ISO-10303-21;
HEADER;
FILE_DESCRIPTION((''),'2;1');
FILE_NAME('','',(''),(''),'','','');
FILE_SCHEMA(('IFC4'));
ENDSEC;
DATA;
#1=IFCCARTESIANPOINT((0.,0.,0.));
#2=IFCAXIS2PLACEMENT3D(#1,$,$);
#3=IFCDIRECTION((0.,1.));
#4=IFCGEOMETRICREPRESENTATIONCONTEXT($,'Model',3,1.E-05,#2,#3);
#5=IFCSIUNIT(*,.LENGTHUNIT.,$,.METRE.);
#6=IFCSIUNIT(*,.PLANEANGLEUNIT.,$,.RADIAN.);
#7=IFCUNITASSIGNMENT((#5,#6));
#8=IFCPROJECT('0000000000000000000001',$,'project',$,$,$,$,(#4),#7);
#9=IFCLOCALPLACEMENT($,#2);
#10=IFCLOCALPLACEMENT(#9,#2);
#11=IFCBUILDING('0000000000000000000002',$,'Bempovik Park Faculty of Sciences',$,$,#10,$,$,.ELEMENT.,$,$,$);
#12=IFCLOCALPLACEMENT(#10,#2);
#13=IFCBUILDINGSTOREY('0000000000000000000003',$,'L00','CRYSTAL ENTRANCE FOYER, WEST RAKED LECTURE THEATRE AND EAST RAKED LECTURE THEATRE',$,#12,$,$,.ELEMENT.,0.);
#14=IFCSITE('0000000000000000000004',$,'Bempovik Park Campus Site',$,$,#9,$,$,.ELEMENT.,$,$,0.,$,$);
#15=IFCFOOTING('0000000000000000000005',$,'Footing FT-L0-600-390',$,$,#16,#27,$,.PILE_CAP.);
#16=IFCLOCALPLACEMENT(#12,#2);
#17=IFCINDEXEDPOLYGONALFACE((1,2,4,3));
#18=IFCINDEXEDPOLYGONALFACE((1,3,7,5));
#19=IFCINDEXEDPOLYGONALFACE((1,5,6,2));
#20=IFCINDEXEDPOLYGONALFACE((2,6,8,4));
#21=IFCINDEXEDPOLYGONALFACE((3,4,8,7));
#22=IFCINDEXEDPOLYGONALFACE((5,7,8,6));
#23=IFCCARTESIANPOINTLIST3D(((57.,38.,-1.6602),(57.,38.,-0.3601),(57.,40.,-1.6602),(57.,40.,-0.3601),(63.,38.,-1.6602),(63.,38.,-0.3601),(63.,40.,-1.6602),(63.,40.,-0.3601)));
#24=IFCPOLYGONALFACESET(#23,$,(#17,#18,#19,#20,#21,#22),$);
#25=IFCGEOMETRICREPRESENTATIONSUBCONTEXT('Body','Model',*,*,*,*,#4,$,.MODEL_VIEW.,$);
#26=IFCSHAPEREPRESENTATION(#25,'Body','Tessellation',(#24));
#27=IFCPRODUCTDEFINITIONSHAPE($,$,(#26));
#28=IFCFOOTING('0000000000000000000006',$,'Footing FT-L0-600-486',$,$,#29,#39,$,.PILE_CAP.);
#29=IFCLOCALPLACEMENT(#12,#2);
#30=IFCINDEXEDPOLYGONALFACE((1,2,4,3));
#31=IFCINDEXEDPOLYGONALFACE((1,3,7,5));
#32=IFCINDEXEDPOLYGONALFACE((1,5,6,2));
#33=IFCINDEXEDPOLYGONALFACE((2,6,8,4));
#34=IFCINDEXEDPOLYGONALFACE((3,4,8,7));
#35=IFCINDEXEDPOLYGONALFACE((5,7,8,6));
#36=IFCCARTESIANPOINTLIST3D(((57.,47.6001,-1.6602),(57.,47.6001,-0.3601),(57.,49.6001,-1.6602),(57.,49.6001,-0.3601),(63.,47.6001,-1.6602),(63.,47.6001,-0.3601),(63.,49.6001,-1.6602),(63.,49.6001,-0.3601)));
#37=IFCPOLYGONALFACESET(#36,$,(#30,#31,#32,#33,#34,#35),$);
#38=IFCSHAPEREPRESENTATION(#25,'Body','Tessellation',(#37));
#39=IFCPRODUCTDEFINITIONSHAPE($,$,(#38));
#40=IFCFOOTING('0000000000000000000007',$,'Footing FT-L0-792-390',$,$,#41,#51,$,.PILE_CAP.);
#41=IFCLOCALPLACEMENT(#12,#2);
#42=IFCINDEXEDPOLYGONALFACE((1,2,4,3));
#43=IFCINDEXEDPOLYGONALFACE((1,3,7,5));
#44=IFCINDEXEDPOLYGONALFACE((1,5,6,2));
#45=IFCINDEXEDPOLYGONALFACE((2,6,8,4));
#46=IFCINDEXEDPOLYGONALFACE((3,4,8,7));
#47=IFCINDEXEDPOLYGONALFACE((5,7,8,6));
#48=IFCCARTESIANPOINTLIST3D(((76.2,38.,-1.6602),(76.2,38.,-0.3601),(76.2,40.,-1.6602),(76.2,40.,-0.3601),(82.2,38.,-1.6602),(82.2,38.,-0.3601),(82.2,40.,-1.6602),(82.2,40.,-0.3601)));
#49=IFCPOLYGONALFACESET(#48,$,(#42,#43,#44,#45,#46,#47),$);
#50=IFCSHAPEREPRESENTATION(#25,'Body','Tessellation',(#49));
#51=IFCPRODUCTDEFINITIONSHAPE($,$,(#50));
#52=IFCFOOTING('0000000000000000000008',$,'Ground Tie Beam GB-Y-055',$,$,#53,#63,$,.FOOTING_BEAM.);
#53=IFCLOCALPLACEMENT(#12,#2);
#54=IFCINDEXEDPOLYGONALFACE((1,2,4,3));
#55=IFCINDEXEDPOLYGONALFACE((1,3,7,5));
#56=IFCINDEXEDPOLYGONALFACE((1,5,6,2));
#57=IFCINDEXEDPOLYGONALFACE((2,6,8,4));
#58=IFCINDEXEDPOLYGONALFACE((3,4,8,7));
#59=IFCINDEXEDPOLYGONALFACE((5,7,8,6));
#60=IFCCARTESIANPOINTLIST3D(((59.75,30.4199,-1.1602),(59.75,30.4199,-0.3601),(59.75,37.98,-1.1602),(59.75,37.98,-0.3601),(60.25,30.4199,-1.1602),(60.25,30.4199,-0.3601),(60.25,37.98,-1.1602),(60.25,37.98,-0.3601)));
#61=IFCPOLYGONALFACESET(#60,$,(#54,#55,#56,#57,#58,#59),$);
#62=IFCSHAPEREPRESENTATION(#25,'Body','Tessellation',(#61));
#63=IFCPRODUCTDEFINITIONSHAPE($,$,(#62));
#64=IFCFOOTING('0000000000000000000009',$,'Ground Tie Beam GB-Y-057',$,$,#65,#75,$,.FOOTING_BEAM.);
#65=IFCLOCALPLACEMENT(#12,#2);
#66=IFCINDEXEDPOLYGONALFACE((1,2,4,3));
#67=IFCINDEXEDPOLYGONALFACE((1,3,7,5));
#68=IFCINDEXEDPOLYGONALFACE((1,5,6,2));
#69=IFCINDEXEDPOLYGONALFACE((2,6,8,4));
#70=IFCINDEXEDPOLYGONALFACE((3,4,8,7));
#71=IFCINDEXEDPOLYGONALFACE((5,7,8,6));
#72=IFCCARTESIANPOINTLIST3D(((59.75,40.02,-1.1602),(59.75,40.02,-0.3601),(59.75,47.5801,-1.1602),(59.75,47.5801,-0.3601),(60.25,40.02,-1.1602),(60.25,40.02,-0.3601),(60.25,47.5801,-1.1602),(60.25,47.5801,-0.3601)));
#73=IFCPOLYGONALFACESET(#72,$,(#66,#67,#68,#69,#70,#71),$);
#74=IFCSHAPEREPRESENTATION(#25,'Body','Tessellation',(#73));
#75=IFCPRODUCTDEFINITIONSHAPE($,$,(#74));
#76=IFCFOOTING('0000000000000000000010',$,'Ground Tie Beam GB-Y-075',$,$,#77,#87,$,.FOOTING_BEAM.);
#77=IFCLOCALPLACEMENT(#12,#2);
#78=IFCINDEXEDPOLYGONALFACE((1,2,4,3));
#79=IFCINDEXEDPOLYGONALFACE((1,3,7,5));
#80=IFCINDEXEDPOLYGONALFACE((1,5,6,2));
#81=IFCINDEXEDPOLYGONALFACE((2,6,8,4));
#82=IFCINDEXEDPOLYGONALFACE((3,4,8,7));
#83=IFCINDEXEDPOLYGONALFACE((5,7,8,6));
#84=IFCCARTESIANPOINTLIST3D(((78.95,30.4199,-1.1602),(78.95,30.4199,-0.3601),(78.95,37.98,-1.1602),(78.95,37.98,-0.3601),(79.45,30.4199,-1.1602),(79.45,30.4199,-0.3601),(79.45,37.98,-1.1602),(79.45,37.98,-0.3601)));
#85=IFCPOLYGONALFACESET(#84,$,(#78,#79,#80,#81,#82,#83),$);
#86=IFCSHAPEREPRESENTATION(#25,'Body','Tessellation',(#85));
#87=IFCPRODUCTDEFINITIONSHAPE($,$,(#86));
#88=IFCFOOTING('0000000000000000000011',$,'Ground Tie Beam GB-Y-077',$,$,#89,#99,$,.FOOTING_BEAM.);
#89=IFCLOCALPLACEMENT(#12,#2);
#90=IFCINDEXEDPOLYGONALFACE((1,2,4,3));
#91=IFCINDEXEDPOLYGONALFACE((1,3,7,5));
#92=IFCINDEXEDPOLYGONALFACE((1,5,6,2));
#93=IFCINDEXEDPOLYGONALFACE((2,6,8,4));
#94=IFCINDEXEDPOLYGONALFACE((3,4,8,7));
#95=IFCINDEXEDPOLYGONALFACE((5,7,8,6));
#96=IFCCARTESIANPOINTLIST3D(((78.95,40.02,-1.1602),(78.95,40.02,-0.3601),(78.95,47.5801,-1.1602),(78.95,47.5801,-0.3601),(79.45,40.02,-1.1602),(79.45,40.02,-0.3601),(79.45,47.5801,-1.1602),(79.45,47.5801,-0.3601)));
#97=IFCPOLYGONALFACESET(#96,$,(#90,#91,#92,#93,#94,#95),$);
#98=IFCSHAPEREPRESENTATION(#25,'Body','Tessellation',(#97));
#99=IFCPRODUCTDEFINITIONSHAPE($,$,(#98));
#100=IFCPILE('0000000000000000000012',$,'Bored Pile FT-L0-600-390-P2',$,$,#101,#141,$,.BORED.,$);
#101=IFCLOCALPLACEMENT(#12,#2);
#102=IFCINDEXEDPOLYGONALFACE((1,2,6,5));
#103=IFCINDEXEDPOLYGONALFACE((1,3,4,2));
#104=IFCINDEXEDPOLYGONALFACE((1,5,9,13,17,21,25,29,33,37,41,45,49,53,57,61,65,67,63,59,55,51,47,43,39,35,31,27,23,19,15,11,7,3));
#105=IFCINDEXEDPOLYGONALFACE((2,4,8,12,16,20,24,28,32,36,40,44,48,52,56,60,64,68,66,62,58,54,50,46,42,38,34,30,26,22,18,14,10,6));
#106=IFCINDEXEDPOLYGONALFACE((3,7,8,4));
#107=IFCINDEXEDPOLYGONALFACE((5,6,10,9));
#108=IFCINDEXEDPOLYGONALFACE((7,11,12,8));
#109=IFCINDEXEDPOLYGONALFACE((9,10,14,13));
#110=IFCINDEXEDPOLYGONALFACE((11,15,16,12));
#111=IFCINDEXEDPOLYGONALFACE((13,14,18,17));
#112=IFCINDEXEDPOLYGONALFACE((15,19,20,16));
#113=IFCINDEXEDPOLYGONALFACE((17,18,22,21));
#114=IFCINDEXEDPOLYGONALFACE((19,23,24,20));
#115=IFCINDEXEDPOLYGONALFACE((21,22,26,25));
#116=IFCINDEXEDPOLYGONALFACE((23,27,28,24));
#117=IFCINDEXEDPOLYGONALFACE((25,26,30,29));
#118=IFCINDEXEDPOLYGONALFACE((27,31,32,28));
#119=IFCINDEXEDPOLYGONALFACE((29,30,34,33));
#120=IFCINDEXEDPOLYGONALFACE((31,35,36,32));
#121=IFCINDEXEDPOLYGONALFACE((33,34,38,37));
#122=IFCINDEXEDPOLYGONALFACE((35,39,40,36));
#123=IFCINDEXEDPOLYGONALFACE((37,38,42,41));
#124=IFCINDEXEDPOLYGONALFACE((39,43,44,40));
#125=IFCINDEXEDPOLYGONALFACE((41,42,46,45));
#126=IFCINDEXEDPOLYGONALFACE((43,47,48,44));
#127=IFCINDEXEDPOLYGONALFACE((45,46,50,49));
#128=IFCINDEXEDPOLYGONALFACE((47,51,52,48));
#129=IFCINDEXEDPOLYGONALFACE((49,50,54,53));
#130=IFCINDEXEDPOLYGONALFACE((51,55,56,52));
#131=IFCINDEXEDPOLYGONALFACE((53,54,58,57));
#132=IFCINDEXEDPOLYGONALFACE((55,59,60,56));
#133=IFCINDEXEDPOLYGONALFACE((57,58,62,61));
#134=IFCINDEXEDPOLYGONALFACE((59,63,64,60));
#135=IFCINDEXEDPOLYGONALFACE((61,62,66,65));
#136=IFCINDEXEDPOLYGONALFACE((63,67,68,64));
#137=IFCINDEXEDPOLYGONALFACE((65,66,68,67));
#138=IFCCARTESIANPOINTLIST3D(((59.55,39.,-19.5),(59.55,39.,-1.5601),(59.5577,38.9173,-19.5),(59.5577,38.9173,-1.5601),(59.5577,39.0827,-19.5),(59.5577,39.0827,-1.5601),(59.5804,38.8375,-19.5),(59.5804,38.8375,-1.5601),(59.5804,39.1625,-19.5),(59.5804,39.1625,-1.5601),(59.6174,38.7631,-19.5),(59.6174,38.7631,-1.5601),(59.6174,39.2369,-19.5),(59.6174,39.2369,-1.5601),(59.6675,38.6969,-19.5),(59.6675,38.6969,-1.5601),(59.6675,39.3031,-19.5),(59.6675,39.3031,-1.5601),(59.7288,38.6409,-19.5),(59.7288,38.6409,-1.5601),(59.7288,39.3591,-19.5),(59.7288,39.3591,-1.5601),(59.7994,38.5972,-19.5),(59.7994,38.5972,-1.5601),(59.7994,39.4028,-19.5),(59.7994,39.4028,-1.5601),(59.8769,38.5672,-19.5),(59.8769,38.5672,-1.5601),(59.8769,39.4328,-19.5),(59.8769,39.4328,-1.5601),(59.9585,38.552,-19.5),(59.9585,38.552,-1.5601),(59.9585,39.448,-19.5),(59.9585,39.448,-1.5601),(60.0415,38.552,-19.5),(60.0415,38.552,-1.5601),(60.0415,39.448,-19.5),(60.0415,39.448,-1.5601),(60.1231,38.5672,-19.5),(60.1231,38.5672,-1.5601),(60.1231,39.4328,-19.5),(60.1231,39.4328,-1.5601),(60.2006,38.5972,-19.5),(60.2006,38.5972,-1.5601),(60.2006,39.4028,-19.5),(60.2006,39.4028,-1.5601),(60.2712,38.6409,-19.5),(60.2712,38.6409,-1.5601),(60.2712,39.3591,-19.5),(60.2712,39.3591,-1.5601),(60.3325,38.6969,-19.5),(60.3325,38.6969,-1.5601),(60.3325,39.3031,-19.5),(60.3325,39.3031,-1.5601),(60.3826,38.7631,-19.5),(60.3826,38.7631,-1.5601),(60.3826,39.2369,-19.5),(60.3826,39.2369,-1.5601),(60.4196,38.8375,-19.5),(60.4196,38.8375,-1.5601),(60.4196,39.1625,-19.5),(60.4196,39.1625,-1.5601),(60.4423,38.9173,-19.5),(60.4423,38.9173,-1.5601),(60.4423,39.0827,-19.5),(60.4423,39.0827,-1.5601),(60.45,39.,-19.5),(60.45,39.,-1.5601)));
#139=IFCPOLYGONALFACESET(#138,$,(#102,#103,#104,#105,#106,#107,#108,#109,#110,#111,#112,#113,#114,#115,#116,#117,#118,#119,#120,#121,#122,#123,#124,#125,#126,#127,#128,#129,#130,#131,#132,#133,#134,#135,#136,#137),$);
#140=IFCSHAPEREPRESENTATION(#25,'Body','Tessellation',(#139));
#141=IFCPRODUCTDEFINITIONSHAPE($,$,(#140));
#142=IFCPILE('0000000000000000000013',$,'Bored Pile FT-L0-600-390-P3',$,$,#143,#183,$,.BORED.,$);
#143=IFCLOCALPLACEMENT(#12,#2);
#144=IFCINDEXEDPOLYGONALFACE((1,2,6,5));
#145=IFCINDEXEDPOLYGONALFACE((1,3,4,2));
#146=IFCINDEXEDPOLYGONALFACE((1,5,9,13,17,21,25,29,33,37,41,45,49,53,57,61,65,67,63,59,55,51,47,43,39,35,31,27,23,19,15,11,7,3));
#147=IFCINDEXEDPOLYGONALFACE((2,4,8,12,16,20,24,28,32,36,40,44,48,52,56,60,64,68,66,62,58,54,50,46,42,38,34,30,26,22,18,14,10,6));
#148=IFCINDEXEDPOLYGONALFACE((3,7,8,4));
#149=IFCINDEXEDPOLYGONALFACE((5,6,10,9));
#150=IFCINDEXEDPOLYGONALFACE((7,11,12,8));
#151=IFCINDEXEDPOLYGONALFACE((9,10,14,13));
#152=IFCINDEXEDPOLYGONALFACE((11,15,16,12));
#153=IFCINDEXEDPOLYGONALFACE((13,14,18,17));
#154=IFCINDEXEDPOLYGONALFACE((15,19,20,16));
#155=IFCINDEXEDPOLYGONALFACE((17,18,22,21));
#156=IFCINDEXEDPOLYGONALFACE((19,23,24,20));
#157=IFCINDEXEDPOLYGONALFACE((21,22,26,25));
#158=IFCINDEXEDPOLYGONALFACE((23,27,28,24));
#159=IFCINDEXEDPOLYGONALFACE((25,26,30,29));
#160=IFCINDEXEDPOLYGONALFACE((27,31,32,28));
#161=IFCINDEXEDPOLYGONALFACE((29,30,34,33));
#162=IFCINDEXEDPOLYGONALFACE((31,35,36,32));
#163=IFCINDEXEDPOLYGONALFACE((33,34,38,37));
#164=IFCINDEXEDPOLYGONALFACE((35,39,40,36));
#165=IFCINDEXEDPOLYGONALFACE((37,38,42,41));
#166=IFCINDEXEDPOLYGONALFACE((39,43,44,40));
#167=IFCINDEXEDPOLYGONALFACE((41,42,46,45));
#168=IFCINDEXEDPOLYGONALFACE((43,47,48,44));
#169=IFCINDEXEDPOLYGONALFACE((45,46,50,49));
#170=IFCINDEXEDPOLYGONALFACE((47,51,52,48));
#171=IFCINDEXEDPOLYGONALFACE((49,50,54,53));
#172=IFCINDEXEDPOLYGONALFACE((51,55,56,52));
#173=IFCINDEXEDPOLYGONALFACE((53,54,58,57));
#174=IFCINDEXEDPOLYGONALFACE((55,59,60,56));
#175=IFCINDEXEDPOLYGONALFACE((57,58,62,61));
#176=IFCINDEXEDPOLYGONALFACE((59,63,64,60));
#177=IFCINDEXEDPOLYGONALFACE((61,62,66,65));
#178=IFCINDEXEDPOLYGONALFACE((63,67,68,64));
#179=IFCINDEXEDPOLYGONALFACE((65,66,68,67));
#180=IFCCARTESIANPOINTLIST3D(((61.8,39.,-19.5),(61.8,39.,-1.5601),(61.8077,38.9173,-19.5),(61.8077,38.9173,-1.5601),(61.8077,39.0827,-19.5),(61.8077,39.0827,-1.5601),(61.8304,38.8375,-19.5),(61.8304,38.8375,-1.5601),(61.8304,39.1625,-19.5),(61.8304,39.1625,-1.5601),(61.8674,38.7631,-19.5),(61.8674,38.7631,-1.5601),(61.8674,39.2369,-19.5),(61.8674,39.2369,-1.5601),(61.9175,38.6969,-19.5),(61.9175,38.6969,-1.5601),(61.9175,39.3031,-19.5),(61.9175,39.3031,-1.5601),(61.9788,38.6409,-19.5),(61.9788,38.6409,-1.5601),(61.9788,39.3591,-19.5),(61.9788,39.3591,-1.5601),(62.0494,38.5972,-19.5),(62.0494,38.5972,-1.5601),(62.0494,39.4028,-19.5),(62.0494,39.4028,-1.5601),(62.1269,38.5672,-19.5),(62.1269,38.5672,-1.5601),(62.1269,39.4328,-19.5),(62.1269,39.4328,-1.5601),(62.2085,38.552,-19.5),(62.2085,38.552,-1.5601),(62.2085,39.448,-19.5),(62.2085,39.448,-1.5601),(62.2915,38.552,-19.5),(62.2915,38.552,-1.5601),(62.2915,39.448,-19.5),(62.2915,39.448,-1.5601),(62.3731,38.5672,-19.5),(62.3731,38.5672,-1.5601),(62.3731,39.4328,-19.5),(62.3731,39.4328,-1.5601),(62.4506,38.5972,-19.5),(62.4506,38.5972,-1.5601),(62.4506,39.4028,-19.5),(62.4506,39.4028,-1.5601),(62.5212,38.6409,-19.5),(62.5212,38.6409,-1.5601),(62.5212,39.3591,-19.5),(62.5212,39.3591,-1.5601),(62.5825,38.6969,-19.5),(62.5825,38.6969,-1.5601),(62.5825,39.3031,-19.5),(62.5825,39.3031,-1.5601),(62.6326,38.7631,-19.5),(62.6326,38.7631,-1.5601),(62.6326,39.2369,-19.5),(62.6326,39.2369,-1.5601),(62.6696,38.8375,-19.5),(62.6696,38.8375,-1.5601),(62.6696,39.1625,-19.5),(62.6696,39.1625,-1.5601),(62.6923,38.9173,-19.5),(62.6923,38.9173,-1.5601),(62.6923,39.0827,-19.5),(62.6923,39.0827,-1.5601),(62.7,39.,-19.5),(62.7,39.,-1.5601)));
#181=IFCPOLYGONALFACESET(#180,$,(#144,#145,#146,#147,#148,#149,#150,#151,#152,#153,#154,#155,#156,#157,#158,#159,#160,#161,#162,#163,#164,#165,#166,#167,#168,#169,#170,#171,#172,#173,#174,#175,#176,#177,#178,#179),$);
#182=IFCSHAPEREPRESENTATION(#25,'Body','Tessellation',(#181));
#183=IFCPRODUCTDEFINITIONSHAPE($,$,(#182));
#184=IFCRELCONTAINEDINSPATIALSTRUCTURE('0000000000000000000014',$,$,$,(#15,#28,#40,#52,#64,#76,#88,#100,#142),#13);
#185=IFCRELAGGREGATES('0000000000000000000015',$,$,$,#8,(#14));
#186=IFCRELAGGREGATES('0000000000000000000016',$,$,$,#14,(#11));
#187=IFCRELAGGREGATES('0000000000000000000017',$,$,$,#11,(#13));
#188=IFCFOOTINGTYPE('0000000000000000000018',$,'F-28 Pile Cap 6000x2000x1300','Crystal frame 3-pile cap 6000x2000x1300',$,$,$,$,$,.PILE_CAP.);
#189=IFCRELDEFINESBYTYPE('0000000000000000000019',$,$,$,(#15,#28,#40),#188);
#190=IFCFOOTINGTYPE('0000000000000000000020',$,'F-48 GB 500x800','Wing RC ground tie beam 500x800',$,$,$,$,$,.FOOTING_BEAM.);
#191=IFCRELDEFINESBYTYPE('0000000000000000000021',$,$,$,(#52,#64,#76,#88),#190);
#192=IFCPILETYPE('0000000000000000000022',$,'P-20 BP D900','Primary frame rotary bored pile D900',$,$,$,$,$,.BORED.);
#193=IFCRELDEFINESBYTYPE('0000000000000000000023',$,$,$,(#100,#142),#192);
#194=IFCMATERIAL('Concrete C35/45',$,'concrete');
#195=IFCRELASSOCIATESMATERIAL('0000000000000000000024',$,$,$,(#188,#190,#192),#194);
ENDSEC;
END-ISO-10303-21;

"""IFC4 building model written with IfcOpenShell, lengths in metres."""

from ifc_helpers import new_model, si_unit, direction, frame, origin, origin_2d, place, context, subcontext, project, spatial, rectangle, circle, extrude, material, material_profile, profile_set, type_object, element, save


model = new_model("IFC4")

# Units and contexts
model_context = context("Model", 3, precision=1e-05, world=origin(), true_north=direction((0.0, 1.0)))
body_context = subcontext(model_context, "Body", "Model", "MODEL_VIEW")
ifc_project = project(units=[si_unit("LENGTHUNIT", "METRE"), si_unit("PLANEANGLEUNIT", "RADIAN")], contexts=[model_context])

# Site, building, storey
site_placement = place(None, origin())
site = spatial("IfcSite", under=ifc_project, at=site_placement, Name="Bempovik Park Campus Site", CompositionType="ELEMENT", RefElevation=0.0)
building_placement = place(site_placement, origin())
building = spatial("IfcBuilding", under=site, at=building_placement, Name="Bempovik Park Faculty of Sciences", CompositionType="ELEMENT")
storey_placement = place(building_placement, origin())
storey = spatial("IfcBuildingStorey", under=building, at=storey_placement, Name="L00", Description="CRYSTAL ENTRANCE FOYER, WEST RAKED LECTURE THEATRE AND EAST RAKED LECTURE THEATRE", CompositionType="ELEMENT", Elevation=0.0)

# Footings
ifc_material_1 = material(Name="Concrete C35/45", Category="concrete")
footing_type_1 = type_object("IfcFootingType", Name="F-28 Pile Cap 6000x2000x1300", Description="Crystal frame 3-pile cap 6000x2000x1300", PredefinedType="PILE_CAP", material=ifc_material_1)
for number, where, z_axis, x_axis, name in (
    (1, (60.0, 39.0, -1.6602), (0.0, 0.0, 1.0), (1.0, 0.0, 0.0), "Footing FT-L0-600-390"),
    (2, (60.0, 48.6001, -1.6602), (0.0, 0.0, 1.0), (1.0, 0.0, 0.0), "Footing FT-L0-600-486"),
    (3, (79.2, 39.0, -1.6602), (0.0, 0.0, 1.0), (1.0, 0.0, 0.0), "Footing FT-L0-792-390"),
):
    element("IfcFooting", number, at=place(storey_placement, frame(where, z_axis=z_axis, x_axis=x_axis)), inside=storey, type_object=footing_type_1, Name=name, PredefinedType="PILE_CAP", context=body_context, shape_type="SweptSolid", body=[
        extrude(rectangle(XDim=6.0, YDim=2.0, at=origin_2d()), origin(), (0.0, 0.0, 1.0), 1.3),
    ])
footing_type_2 = type_object("IfcFootingType", Name="F-48 GB 500x800", Description="Wing RC ground tie beam 500x800", PredefinedType="FOOTING_BEAM", material=ifc_material_1)
for number, where, z_axis, x_axis, name in (
    (4, (60.0, 34.2, -1.1602), (0.0, 0.0, 1.0), (1.0, 0.0, 0.0), "Ground Tie Beam GB-Y-055"),
    (5, (60.0, 43.8, -1.1602), (0.0, 0.0, 1.0), (1.0, 0.0, 0.0), "Ground Tie Beam GB-Y-057"),
    (6, (79.2, 34.2, -1.1602), (0.0, 0.0, 1.0), (1.0, 0.0, 0.0), "Ground Tie Beam GB-Y-075"),
    (7, (79.2, 43.8, -1.1602), (0.0, 0.0, 1.0), (1.0, 0.0, 0.0), "Ground Tie Beam GB-Y-077"),
):
    element("IfcFooting", number, at=place(storey_placement, frame(where, z_axis=z_axis, x_axis=x_axis)), inside=storey, type_object=footing_type_2, Name=name, PredefinedType="FOOTING_BEAM", context=body_context, shape_type="SweptSolid", body=[
        extrude(rectangle(XDim=0.5, YDim=7.5601, at=origin_2d()), origin(), (0.0, 0.0, 1.0), 0.8),
    ])

# Piles
ifc_material_profile_1 = material_profile(ifc_material_1, circle(Radius=0.45, at=origin_2d()), Name="BP D900")
ifc_profile_set_1 = profile_set([ifc_material_profile_1], Name="Concrete C35/45")
pile_type = type_object("IfcPileType", Name="P-20 BP D900", Description="Primary frame rotary bored pile D900", PredefinedType="BORED", material=ifc_profile_set_1)
for number, where, z_axis, x_axis, name in (
    (8, (60.0, 39.0, -1.5601), (0.0, 0.0, -1.0), (1.0, 0.0, 0.0), "Bored Pile FT-L0-600-390-P2"),
    (9, (62.25, 39.0, -1.5601), (0.0, 0.0, -1.0), (1.0, 0.0, 0.0), "Bored Pile FT-L0-600-390-P3"),
):
    element("IfcPile", number, at=place(storey_placement, frame(where, z_axis=z_axis, x_axis=x_axis)), inside=storey, type_object=pile_type, Name=name, PredefinedType="BORED", context=body_context, shape_type="SweptSolid", body=[
        extrude(circle(Radius=0.45, at=origin_2d()), origin(), (0.0, 0.0, 1.0), 17.9399),
    ])

save(model, "model.ifc")
